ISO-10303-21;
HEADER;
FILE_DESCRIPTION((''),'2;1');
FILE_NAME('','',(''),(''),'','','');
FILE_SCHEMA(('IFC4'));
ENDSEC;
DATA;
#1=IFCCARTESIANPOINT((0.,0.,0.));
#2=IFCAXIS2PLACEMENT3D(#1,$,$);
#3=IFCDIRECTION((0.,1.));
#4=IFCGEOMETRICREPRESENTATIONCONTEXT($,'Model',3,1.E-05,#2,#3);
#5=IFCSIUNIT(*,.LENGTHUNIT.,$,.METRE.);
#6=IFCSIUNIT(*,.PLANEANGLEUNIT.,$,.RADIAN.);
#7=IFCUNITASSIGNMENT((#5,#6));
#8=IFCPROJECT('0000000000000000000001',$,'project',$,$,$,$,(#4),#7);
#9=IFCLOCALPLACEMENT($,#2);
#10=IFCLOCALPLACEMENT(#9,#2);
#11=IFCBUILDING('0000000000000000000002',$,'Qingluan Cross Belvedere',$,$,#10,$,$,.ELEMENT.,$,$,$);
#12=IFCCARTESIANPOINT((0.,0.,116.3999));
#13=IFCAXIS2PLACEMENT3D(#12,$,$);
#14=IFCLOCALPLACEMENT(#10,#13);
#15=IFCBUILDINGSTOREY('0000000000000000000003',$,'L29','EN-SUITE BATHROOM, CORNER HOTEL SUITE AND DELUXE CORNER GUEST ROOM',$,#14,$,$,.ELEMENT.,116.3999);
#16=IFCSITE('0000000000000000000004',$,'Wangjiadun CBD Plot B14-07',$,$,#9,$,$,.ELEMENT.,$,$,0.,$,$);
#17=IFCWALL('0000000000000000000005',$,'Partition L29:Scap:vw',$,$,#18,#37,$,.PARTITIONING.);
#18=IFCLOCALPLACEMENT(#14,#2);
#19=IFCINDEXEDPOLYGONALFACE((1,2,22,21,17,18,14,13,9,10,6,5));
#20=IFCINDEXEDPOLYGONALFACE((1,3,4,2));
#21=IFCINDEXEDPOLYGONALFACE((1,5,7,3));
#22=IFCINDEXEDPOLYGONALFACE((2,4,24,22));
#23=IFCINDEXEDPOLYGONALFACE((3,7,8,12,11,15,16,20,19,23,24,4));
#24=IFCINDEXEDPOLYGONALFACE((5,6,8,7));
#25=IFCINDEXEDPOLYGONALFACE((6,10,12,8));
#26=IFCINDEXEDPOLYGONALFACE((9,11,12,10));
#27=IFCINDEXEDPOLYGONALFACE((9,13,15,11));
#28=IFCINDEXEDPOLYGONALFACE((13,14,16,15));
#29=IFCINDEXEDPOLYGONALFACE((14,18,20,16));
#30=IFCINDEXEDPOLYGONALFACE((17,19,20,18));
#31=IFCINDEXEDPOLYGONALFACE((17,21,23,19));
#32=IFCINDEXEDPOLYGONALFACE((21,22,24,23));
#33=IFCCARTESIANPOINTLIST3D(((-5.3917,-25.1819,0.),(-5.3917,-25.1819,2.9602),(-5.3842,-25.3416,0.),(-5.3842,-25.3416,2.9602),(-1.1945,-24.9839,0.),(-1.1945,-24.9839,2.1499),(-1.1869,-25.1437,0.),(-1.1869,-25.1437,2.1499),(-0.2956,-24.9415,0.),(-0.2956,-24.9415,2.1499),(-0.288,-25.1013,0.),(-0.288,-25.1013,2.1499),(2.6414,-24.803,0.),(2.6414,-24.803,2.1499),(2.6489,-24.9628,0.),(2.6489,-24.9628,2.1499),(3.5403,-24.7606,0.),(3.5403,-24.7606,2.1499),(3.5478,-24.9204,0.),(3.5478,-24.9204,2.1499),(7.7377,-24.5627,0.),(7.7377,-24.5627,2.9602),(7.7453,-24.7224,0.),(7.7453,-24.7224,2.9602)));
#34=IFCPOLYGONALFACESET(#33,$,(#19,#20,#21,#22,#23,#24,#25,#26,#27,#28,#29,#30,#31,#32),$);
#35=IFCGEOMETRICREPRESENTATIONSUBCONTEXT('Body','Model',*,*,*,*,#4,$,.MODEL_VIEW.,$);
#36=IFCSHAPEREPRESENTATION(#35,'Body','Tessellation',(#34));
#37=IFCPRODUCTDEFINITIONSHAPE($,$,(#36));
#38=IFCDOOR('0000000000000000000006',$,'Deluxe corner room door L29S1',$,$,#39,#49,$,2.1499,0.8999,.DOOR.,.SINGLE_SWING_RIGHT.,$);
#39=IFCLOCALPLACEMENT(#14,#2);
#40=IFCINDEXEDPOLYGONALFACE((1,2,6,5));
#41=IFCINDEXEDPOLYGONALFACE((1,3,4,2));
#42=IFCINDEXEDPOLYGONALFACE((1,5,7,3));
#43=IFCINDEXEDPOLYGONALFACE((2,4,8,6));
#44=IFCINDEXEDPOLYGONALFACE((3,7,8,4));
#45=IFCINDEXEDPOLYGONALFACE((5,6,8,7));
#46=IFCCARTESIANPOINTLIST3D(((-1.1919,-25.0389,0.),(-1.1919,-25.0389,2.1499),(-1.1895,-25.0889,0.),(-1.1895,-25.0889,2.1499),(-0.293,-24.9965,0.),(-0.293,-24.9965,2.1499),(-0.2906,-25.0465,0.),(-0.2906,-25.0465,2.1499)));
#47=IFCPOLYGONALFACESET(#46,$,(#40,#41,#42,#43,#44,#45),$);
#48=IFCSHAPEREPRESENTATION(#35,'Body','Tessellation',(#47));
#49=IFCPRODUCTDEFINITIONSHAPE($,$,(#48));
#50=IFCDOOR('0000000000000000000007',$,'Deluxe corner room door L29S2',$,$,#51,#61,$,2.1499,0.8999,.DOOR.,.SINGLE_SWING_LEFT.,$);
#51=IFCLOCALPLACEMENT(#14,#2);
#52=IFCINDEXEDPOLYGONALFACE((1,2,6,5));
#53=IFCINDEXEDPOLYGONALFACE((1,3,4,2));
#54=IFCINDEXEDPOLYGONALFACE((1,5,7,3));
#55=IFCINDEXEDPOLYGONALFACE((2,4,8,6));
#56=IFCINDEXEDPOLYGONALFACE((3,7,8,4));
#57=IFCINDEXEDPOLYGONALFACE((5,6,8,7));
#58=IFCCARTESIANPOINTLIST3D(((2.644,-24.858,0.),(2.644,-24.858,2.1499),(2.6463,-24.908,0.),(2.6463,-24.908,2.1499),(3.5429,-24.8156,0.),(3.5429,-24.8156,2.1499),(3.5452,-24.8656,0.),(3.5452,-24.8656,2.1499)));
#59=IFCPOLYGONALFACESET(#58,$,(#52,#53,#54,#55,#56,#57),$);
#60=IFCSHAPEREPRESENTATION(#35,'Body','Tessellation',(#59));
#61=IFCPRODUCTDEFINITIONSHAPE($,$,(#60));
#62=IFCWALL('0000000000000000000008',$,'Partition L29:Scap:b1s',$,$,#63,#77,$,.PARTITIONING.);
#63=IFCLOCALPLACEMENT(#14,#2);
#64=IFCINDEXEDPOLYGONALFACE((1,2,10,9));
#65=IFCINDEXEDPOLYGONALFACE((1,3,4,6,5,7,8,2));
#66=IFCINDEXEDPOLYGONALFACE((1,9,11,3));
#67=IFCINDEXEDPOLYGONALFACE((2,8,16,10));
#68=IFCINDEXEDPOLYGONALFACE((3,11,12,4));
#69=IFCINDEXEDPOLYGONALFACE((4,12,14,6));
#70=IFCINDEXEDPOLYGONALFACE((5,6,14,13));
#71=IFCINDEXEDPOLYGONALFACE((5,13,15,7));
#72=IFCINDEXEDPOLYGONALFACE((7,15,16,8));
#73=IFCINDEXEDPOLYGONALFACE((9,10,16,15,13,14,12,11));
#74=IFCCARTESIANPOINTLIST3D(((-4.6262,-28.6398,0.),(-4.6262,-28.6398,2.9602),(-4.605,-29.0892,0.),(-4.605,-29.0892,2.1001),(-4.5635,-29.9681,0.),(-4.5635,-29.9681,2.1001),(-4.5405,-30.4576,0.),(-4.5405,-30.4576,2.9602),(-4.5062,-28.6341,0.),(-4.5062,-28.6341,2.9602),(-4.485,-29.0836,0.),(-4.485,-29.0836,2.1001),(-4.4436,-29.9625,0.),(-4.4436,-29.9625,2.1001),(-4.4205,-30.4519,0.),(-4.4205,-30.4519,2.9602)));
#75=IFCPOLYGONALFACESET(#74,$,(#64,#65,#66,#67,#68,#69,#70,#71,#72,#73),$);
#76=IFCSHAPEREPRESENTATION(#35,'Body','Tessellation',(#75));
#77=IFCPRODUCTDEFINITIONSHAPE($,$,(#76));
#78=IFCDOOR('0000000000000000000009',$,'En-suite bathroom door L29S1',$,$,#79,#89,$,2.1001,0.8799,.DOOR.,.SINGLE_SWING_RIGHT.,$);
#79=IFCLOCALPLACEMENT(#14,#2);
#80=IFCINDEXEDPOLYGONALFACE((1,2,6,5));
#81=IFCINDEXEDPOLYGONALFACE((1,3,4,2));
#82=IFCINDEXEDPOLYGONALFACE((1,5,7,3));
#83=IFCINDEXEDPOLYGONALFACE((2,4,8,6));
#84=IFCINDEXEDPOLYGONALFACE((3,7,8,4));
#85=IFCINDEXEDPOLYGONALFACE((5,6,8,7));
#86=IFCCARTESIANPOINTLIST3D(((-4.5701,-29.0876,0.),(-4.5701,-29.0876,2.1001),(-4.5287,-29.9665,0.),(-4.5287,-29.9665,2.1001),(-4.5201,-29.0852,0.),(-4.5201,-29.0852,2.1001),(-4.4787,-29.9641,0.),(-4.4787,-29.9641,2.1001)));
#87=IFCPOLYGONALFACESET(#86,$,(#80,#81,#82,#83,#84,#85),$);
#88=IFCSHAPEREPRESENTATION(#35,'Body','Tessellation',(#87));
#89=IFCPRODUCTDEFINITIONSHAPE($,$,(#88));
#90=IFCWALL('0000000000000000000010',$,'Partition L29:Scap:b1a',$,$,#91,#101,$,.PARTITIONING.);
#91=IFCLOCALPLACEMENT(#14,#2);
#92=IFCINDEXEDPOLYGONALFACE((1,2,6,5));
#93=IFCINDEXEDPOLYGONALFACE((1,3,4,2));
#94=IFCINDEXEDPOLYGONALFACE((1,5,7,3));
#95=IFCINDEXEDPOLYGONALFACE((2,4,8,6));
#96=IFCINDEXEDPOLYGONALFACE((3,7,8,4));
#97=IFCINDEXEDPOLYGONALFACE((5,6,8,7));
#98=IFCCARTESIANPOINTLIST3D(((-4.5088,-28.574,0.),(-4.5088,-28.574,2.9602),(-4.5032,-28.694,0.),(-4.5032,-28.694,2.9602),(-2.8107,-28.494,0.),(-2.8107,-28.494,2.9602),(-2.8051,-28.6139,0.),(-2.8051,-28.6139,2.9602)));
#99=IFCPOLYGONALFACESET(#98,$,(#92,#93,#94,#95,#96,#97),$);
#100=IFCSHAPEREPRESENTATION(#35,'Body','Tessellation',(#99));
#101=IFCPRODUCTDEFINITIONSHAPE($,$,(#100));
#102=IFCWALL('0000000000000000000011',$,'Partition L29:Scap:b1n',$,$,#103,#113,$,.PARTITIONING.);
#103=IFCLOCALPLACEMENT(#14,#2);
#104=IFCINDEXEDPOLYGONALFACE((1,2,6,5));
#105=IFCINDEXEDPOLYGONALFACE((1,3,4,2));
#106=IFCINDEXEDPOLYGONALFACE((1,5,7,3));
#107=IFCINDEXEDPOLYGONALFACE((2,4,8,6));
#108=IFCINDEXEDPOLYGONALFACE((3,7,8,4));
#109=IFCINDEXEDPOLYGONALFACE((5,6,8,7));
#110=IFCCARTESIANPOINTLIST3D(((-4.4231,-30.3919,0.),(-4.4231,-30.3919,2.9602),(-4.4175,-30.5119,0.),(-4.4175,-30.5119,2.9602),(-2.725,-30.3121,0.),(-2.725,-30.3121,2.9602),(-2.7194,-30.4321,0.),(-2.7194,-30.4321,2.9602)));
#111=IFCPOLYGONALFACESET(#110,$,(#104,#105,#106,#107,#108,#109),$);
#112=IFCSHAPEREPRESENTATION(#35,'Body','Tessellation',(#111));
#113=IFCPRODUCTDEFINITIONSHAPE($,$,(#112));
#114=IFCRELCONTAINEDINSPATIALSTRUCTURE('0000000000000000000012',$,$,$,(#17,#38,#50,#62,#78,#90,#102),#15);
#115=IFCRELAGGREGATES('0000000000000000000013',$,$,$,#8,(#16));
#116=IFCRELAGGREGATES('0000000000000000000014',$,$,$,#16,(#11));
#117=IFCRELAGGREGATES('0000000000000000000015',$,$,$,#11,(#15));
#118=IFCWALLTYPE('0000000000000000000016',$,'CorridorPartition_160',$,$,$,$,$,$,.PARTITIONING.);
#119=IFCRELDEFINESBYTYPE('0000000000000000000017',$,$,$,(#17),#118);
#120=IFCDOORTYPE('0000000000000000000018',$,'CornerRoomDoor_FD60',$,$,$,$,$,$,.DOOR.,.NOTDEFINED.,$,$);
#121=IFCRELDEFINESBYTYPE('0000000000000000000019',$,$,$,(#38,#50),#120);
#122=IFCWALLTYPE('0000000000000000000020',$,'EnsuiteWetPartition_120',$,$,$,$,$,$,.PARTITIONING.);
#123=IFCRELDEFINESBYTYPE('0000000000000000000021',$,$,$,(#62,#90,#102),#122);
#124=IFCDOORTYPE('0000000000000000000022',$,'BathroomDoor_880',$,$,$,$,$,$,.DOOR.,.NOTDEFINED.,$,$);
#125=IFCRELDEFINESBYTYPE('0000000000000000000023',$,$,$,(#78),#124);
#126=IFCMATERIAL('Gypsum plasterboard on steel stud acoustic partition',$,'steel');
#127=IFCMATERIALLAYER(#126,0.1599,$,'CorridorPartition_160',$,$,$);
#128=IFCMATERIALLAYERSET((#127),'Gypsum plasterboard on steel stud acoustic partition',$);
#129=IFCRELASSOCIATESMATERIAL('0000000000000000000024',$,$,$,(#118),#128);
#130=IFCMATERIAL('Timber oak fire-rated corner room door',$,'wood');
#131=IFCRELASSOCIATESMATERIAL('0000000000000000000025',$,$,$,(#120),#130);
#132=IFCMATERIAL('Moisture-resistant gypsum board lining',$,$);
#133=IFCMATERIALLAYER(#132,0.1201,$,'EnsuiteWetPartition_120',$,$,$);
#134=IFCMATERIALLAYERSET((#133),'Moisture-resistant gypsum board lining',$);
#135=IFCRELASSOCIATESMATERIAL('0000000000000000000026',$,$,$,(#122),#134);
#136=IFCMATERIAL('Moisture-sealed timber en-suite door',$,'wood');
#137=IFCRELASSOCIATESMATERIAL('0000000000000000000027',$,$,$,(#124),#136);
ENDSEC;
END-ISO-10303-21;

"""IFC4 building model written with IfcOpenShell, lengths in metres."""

from ifc_helpers import new_model, si_unit, direction, frame, frame_2d, origin, place, context, subcontext, project, spatial, rectangle, extrude, material, layer, layer_set, type_object, element, fill, save


model = new_model("IFC4")

# Units and contexts
model_context = context("Model", 3, precision=1e-05, world=origin(), true_north=direction((0.0, 1.0)))
body_context = subcontext(model_context, "Body", "Model", "MODEL_VIEW")
ifc_project = project(units=[si_unit("LENGTHUNIT", "METRE"), si_unit("PLANEANGLEUNIT", "RADIAN")], contexts=[model_context])

# Site, building, storey
site_placement = place(None, origin())
site = spatial("IfcSite", under=ifc_project, at=site_placement, Name="Wangjiadun CBD Plot B14-07", CompositionType="ELEMENT", RefElevation=0.0)
building_placement = place(site_placement, origin())
building = spatial("IfcBuilding", under=site, at=building_placement, Name="Qingluan Cross Belvedere", CompositionType="ELEMENT")
storey_placement = place(building_placement, frame((0.0, 0.0, 116.3999)))
storey = spatial("IfcBuildingStorey", under=building, at=storey_placement, Name="L29", Description="EN-SUITE BATHROOM, CORNER HOTEL SUITE AND DELUXE CORNER GUEST ROOM", CompositionType="ELEMENT", Elevation=116.3999)

# Shared definitions
ifc_material_1 = material(Name="Gypsum plasterboard on steel stud acoustic partition", Category="steel")
ifc_layer_1 = layer(ifc_material_1, 0.1599, Name="CorridorPartition_160")
ifc_layer_set_1 = layer_set([ifc_layer_1], Name="Gypsum plasterboard on steel stud acoustic partition")
wall_type_1 = type_object("IfcWallType", Name="CorridorPartition_160", PredefinedType="PARTITIONING", material=ifc_layer_set_1)

# Wall, openings, doors
wall_1_placement = place(storey_placement, frame((-5.3879, -25.2617, 0.0), z_axis=(0.0, 0.0, 1.0), x_axis=(0.99889, 0.047104, 0.0)))
wall_1 = element("IfcWall", 1, at=wall_1_placement, inside=storey, type_object=wall_type_1, Name="Partition L29:Scap:vw", PredefinedType="PARTITIONING", context=body_context, shape_type="SweptSolid", body=[
    extrude(rectangle(XDim=13.144, YDim=0.1599, at=frame_2d((6.572, 0.0))), origin(), (0.0, 0.0, 1.0), 2.9602),
])
opening_1_placement = place(wall_1_placement, frame((4.2019, 0.0, 0.0)))
opening_1 = element("IfcOpeningElement", 2, at=opening_1_placement, cuts=wall_1, PredefinedType="OPENING", context=body_context, shape_type="SweptSolid", body=[
    extrude(rectangle(XDim=0.8999, YDim=2.1499, at=frame_2d((0.45, 1.075))), frame((0.0, 0.0898, 0.0), z_axis=(0.0, -1.0, 0.0), x_axis=(1.0, 0.0, 0.0)), (0.0, 0.0, 1.0), 0.1799),
])
opening_2_placement = place(wall_1_placement, frame((8.042, 0.0, 0.0)))
opening_2 = element("IfcOpeningElement", 3, at=opening_2_placement, cuts=wall_1, PredefinedType="OPENING", context=body_context, shape_type="SweptSolid", body=[
    extrude(rectangle(XDim=0.8999, YDim=2.1499, at=frame_2d((0.45, 1.075))), frame((0.0, 0.0898, 0.0), z_axis=(0.0, -1.0, 0.0), x_axis=(1.0, 0.0, 0.0)), (0.0, 0.0, 1.0), 0.1799),
])
ifc_material_2 = material(Name="Timber oak fire-rated corner room door", Category="wood")
door_type_1 = type_object("IfcDoorType", Name="CornerRoomDoor_FD60", OperationType="NOTDEFINED", PredefinedType="DOOR", material=ifc_material_2)
door_1_placement = place(opening_1_placement, origin())
door_1 = element("IfcDoor", 4, at=door_1_placement, inside=storey, type_object=door_type_1, Name="Deluxe corner room door L29S1", OperationType="SINGLE_SWING_RIGHT", OverallHeight=2.1499, OverallWidth=0.8999, PredefinedType="DOOR", context=body_context, shape_type="SweptSolid", body=[
    extrude(rectangle(XDim=0.8999, YDim=2.1499, at=frame_2d((0.45, 1.075))), frame((0.0, 0.0249, 0.0), z_axis=(0.0, -1.0, 0.0), x_axis=(1.0, 0.0, 0.0)), (0.0, 0.0, 1.0), 0.05),
])
fill(opening_1, door_1)
door_2_placement = place(opening_2_placement, origin())
door_2 = element("IfcDoor", 5, at=door_2_placement, inside=storey, type_object=door_type_1, Name="Deluxe corner room door L29S2", OperationType="SINGLE_SWING_LEFT", OverallHeight=2.1499, OverallWidth=0.8999, PredefinedType="DOOR", context=body_context, shape_type="SweptSolid", body=[
    extrude(rectangle(XDim=0.8999, YDim=2.1499, at=frame_2d((0.45, 1.075))), frame((0.0, 0.0249, 0.0), z_axis=(0.0, -1.0, 0.0), x_axis=(1.0, 0.0, 0.0)), (0.0, 0.0, 1.0), 0.05),
])
fill(opening_2, door_2)

# Wall, opening, door
ifc_material_3 = material(Name="Moisture-resistant gypsum board lining")
ifc_layer_2 = layer(ifc_material_3, 0.1201, Name="EnsuiteWetPartition_120")
ifc_layer_set_2 = layer_set([ifc_layer_2], Name="Moisture-resistant gypsum board lining")
wall_type_2 = type_object("IfcWallType", Name="EnsuiteWetPartition_120", PredefinedType="PARTITIONING", material=ifc_layer_set_2)
wall_2_placement = place(storey_placement, frame((-4.5662, -28.637, 0.0), z_axis=(0.0, 0.0, 1.0), x_axis=(0.047087, -0.998891, 0.0)))
wall_2 = element("IfcWall", 6, at=wall_2_placement, inside=storey, type_object=wall_type_2, Name="Partition L29:Scap:b1s", PredefinedType="PARTITIONING", context=body_context, shape_type="SweptSolid", body=[
    extrude(rectangle(XDim=1.8198, YDim=0.1201, at=frame_2d((0.9099, 0.0))), origin(), (0.0, 0.0, 1.0), 2.9602),
])
opening_3_placement = place(wall_2_placement, frame((0.45, 0.0, 0.0)))
opening_3 = element("IfcOpeningElement", 7, at=opening_3_placement, cuts=wall_2, PredefinedType="OPENING", context=body_context, shape_type="SweptSolid", body=[
    extrude(rectangle(XDim=0.8799, YDim=2.1001, at=frame_2d((0.4399, 1.05))), frame((0.0, 0.0701, 0.0), z_axis=(0.0, -1.0, 0.0), x_axis=(1.0, 0.0, 0.0)), (0.0, 0.0, 1.0), 0.1401),
])
ifc_material_4 = material(Name="Moisture-sealed timber en-suite door", Category="wood")
door_type_2 = type_object("IfcDoorType", Name="BathroomDoor_880", OperationType="NOTDEFINED", PredefinedType="DOOR", material=ifc_material_4)
door_3_placement = place(opening_3_placement, origin())
door_3 = element("IfcDoor", 8, at=door_3_placement, inside=storey, type_object=door_type_2, Name="En-suite bathroom door L29S1", OperationType="SINGLE_SWING_RIGHT", OverallHeight=2.1001, OverallWidth=0.8799, PredefinedType="DOOR", context=body_context, shape_type="SweptSolid", body=[
    extrude(rectangle(XDim=0.8799, YDim=2.1001, at=frame_2d((0.4399, 1.05))), frame((0.0, 0.0249, 0.0), z_axis=(0.0, -1.0, 0.0), x_axis=(1.0, 0.0, 0.0)), (0.0, 0.0, 1.0), 0.05),
])
fill(opening_3, door_3)

# Walls
for number, where, z_axis, x_axis, name in (
    (9, (-4.5061, -28.634, 0.0), (0.0, 0.0, 1.0), (0.99889, 0.047108, 0.0), "Partition L29:Scap:b1a"),
    (10, (-4.4204, -30.4519, 0.0), (0.0, 0.0, 1.0), (0.998897, 0.046965, 0.0), "Partition L29:Scap:b1n"),
):
    element("IfcWall", number, at=place(storey_placement, frame(where, z_axis=z_axis, x_axis=x_axis)), inside=storey, type_object=wall_type_2, Name=name, PredefinedType="PARTITIONING", context=body_context, shape_type="SweptSolid", body=[
        extrude(rectangle(XDim=1.7, YDim=0.1201, at=frame_2d((0.8501, 0.0))), origin(), (0.0, 0.0, 1.0), 2.9602),
    ])

save(model, "model.ifc")
